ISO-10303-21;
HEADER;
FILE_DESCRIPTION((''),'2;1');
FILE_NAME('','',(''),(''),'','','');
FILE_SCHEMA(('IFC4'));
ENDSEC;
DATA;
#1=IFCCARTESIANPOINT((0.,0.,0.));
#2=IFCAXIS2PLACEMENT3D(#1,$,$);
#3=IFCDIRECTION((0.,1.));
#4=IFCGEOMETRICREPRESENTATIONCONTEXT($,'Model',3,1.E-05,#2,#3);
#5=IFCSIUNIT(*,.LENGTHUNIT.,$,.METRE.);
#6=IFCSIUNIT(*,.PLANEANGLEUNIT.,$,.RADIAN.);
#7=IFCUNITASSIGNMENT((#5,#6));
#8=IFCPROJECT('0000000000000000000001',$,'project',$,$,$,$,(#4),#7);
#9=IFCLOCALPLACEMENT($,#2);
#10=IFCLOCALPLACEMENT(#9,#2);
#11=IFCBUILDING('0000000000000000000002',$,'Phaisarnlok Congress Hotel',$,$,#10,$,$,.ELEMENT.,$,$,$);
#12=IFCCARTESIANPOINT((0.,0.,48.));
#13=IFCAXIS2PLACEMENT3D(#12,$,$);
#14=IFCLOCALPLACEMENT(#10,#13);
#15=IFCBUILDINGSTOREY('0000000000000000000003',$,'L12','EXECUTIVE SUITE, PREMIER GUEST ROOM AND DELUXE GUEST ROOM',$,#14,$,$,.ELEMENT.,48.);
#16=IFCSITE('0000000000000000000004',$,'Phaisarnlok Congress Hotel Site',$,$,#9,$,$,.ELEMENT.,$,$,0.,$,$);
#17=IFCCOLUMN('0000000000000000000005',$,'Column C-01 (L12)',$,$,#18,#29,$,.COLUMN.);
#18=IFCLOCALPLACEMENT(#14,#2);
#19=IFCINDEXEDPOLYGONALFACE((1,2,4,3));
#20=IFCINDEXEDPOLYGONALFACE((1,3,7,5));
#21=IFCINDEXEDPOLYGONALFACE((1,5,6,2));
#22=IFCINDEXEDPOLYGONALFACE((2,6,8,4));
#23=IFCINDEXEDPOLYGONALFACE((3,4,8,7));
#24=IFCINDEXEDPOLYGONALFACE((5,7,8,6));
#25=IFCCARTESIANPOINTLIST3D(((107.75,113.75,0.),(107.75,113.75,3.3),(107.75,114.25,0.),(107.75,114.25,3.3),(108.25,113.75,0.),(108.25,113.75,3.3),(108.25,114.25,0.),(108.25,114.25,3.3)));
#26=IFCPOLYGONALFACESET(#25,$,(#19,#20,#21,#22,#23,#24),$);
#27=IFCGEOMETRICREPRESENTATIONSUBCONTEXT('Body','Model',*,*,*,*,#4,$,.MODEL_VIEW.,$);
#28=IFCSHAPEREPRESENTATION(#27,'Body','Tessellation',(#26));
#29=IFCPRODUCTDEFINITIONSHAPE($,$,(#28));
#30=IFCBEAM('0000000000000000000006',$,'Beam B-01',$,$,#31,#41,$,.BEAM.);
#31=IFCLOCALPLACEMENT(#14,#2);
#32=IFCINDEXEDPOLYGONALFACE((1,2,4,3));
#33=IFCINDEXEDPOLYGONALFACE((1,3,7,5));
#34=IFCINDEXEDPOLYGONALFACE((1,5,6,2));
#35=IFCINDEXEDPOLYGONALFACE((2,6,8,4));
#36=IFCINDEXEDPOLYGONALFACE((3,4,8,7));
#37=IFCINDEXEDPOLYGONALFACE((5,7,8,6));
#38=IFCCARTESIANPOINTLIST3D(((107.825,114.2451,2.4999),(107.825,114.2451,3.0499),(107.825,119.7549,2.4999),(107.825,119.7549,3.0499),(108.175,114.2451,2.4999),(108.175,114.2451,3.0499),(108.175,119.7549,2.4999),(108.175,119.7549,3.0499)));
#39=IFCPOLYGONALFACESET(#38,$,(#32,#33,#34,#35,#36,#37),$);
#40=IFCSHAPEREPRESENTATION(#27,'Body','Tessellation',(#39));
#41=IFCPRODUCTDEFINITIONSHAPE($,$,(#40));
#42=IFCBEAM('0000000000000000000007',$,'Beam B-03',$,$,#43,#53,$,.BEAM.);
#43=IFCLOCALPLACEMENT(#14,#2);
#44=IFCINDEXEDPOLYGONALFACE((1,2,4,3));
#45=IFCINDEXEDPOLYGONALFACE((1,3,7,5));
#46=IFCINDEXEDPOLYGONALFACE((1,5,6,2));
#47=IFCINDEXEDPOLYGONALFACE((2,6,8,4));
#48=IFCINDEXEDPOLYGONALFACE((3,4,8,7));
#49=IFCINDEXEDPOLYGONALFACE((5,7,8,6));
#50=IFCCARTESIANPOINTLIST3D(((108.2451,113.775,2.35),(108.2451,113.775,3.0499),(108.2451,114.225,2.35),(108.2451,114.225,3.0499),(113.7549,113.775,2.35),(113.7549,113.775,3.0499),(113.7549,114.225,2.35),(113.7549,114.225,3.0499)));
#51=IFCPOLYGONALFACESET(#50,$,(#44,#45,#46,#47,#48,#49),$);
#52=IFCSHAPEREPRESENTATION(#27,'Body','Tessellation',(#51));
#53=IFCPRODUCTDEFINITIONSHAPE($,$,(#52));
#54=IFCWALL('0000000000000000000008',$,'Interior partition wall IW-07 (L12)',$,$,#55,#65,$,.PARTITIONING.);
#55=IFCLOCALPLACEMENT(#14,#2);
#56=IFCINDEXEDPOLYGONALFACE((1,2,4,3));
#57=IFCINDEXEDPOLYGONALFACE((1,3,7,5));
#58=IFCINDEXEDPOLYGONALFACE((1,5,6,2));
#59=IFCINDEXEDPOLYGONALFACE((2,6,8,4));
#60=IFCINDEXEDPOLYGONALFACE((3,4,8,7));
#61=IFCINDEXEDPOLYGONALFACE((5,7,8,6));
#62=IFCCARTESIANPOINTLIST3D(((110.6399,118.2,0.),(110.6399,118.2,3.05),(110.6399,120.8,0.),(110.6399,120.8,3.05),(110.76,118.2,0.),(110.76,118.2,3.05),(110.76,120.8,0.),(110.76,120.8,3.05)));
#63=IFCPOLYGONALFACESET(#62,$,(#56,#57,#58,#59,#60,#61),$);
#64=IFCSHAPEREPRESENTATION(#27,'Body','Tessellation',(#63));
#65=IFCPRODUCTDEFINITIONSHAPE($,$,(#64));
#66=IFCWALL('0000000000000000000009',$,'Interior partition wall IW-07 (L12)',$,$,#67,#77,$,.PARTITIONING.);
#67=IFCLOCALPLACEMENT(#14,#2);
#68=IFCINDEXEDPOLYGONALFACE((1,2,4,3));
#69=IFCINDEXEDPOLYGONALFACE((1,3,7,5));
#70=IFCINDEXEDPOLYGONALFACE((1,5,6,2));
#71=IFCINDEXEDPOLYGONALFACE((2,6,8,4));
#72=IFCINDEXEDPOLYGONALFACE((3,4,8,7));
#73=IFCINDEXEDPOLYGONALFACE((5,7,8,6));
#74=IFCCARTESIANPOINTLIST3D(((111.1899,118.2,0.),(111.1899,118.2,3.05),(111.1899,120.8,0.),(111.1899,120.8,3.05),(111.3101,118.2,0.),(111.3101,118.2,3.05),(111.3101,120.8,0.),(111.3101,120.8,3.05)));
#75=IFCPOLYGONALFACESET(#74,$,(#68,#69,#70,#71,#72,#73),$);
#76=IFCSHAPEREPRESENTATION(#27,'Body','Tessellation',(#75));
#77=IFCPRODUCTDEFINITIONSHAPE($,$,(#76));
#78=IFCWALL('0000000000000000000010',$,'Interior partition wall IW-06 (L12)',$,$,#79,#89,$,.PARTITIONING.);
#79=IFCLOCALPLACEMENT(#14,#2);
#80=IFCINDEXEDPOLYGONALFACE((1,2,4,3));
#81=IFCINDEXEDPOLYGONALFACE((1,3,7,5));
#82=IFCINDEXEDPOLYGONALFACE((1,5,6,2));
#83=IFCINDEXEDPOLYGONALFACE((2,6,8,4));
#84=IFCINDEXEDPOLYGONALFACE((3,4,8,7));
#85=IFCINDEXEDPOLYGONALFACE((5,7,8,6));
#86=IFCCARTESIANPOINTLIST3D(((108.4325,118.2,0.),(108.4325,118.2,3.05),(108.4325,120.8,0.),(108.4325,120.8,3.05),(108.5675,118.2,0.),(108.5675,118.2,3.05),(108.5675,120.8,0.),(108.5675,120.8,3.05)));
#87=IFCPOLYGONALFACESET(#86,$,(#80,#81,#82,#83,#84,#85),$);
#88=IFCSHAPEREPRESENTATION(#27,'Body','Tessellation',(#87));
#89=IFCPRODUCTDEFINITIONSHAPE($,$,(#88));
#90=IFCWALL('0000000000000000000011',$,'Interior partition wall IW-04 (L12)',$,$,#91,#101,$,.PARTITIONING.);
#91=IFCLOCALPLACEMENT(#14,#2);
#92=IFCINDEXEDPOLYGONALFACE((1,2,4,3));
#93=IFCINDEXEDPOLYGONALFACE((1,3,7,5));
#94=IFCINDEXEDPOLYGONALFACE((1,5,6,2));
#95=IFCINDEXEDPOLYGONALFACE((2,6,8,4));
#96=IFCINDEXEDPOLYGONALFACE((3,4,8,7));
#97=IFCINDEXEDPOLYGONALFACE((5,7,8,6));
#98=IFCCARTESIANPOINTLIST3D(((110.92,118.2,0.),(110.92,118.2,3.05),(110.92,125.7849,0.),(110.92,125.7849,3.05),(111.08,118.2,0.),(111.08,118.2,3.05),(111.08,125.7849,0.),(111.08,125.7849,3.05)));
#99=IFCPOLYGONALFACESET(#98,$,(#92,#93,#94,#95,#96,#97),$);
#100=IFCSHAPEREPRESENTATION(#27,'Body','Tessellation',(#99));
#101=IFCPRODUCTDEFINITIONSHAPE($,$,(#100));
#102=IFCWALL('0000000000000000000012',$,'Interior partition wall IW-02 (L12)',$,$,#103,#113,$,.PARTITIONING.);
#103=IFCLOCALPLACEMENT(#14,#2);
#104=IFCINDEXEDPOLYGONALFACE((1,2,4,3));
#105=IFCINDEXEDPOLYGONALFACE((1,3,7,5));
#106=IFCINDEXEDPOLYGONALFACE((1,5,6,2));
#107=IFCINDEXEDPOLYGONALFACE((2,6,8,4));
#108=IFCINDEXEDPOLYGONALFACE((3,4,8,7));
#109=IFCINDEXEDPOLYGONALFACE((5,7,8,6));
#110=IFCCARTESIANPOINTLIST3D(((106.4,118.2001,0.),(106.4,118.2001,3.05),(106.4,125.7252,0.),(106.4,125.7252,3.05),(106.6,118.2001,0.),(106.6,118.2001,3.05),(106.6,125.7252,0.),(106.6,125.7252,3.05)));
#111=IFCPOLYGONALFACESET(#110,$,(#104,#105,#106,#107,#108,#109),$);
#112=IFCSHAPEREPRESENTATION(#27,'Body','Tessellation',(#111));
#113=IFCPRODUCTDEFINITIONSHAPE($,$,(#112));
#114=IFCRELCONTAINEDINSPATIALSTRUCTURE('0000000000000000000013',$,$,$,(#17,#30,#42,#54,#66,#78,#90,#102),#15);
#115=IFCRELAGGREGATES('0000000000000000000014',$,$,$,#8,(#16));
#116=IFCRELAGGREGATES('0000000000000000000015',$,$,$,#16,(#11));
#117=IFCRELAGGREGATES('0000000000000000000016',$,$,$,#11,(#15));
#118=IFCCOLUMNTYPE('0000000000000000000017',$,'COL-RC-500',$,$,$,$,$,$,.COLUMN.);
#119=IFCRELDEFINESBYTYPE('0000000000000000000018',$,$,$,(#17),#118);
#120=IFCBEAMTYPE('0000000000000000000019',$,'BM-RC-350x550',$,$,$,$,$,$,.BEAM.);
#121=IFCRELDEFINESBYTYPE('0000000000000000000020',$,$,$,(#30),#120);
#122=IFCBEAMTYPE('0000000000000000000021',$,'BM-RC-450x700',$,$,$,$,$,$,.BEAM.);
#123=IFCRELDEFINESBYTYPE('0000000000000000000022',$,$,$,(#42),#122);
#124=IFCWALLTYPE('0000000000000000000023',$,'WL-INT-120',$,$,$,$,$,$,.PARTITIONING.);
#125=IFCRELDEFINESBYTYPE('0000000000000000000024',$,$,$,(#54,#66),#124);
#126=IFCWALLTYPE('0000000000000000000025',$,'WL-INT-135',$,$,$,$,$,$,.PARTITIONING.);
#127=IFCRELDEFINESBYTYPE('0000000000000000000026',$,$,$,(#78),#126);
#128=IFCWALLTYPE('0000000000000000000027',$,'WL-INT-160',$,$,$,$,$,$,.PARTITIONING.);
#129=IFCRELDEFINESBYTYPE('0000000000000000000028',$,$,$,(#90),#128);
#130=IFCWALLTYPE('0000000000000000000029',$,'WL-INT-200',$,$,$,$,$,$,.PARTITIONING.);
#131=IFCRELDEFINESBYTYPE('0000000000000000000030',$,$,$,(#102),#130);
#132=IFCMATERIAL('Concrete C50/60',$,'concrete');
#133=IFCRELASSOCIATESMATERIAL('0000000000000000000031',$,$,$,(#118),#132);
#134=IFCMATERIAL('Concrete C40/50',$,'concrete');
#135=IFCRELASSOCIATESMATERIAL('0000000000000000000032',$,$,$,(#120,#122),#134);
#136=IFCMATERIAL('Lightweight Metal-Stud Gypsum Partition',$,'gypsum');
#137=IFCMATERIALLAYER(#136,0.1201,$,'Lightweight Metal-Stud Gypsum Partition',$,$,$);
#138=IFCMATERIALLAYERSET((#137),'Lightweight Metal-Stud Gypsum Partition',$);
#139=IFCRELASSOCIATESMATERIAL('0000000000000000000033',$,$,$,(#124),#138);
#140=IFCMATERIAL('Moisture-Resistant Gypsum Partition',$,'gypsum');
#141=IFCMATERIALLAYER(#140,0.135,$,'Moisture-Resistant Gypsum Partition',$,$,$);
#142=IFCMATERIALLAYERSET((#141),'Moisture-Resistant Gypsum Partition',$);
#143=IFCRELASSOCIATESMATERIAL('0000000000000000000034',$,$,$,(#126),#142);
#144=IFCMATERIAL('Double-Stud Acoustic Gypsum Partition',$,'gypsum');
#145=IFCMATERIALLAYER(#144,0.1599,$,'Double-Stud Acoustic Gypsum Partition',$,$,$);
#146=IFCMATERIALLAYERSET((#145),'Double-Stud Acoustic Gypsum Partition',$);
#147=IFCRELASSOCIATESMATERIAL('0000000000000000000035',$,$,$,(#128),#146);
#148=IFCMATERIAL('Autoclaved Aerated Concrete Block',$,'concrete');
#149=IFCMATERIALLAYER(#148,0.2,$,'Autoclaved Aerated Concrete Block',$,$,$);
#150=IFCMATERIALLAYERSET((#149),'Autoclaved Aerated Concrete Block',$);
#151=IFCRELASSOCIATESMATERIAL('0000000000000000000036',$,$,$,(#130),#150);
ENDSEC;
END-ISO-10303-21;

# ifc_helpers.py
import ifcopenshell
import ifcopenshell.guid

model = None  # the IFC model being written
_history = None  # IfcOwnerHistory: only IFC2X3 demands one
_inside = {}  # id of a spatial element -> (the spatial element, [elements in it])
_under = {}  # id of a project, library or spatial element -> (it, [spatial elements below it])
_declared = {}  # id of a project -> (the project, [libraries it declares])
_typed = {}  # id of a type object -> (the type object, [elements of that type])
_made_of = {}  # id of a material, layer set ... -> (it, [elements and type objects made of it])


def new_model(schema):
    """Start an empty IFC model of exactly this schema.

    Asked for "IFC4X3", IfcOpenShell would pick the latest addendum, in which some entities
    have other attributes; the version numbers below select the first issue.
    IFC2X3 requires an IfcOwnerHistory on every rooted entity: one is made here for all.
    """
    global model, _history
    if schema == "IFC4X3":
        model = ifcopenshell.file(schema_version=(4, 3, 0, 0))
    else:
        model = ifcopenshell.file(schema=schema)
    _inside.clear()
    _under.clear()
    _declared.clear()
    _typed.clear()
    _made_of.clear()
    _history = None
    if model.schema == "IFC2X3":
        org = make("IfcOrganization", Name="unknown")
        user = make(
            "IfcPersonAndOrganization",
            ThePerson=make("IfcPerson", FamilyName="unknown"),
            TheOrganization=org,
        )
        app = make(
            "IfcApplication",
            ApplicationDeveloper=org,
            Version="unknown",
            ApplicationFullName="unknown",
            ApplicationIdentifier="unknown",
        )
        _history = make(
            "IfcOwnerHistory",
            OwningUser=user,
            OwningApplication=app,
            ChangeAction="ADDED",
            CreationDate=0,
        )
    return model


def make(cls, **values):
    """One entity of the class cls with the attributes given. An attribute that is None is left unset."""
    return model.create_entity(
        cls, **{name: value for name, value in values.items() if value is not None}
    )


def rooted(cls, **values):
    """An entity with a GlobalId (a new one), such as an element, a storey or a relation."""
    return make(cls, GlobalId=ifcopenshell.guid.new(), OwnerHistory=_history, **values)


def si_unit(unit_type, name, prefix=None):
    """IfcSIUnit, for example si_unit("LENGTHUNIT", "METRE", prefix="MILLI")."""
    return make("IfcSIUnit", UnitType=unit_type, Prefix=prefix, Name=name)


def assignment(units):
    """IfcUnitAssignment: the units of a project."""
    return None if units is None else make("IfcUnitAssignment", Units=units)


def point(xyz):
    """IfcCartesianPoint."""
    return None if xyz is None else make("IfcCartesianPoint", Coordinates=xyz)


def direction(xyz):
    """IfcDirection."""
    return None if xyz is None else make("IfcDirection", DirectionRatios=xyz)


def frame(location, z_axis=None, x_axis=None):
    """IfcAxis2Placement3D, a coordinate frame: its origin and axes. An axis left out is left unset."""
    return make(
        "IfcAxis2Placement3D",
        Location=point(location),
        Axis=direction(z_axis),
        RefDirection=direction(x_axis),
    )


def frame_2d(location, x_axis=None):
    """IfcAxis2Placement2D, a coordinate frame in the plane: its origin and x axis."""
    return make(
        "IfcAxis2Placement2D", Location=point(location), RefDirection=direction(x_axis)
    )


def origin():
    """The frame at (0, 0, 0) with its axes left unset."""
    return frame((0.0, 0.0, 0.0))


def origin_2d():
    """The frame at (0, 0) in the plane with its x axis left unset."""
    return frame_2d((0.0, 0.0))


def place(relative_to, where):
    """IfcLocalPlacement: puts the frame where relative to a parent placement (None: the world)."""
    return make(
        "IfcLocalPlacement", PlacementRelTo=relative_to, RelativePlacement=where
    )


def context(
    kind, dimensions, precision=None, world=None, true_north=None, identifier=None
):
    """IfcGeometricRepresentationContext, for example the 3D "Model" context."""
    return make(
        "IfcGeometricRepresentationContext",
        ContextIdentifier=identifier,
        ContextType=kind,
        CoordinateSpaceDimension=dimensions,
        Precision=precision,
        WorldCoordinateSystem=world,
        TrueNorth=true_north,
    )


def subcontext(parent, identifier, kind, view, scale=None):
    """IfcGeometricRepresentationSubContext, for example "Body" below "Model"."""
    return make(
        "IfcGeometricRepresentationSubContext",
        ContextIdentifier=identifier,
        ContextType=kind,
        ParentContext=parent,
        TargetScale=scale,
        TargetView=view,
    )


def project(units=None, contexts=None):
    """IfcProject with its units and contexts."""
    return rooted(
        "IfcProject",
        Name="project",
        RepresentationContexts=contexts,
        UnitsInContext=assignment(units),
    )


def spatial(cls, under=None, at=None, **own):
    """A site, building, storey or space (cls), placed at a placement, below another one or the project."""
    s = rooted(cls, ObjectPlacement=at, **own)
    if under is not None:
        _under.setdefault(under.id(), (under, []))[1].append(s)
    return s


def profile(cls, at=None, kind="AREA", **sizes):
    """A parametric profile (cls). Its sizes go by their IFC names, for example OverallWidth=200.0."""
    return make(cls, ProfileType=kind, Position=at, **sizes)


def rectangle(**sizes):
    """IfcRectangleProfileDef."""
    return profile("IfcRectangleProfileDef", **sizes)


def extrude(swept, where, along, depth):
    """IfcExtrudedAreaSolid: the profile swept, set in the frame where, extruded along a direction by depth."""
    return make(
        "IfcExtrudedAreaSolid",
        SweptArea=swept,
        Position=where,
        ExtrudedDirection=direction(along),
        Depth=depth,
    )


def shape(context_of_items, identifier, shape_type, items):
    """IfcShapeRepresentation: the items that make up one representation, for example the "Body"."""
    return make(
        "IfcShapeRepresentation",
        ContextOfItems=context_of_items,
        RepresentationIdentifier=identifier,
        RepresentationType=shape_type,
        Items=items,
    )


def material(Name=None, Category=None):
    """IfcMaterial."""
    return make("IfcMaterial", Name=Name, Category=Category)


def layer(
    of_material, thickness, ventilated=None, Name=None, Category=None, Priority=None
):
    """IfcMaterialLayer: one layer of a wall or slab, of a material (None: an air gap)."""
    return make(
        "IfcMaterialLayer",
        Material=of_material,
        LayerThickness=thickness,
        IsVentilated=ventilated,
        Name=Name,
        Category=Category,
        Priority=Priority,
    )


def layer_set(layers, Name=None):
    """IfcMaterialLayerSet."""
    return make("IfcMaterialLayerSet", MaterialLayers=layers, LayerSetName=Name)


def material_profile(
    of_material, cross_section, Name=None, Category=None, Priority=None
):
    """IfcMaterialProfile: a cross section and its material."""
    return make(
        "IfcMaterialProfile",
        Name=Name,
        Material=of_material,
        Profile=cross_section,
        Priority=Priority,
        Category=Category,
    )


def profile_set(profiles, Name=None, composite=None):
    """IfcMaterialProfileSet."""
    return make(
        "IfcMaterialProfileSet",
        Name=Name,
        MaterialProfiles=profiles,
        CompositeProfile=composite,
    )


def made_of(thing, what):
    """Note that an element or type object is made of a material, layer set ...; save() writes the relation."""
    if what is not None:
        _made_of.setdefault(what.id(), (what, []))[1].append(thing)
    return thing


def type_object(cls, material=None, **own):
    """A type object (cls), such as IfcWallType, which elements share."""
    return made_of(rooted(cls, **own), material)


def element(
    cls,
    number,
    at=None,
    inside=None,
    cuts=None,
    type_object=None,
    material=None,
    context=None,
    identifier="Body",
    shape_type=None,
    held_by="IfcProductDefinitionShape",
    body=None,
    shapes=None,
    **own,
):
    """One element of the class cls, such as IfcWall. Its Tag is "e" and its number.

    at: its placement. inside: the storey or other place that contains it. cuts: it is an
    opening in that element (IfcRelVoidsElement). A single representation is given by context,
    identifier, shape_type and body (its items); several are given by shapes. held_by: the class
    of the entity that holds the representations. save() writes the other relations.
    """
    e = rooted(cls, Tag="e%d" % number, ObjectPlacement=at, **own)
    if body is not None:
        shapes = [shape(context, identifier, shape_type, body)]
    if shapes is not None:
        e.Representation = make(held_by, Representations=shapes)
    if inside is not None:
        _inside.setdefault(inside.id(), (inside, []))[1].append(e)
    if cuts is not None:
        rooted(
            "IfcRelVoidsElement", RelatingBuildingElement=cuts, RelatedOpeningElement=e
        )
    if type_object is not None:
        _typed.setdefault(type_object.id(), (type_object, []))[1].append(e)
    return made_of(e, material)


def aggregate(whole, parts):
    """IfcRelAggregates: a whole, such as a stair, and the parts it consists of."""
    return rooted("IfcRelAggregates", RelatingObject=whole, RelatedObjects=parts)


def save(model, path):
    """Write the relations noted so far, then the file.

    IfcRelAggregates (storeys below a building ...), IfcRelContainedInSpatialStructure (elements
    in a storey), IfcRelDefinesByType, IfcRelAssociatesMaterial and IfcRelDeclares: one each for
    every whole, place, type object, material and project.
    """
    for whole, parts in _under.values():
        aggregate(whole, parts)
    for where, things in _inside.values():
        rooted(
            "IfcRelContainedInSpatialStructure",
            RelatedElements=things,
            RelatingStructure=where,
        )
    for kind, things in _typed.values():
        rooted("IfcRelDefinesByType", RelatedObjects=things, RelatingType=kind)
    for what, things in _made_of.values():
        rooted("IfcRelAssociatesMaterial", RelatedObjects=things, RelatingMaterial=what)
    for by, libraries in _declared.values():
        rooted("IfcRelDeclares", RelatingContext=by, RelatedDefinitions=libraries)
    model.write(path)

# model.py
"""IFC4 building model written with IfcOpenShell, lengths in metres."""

from ifc_helpers import new_model, si_unit, direction, frame, frame_2d, origin, origin_2d, place, context, subcontext, project, spatial, rectangle, extrude, material, layer, layer_set, material_profile, profile_set, type_object, element, save


model = new_model("IFC4")

# Units and contexts
model_context = context("Model", 3, precision=1e-05, world=origin(), true_north=direction((0.0, 1.0)))
body_context = subcontext(model_context, "Body", "Model", "MODEL_VIEW")
ifc_project = project(units=[si_unit("LENGTHUNIT", "METRE"), si_unit("PLANEANGLEUNIT", "RADIAN")], contexts=[model_context])

# Site, building, storey
site_placement = place(None, origin())
site = spatial("IfcSite", under=ifc_project, at=site_placement, Name="Phaisarnlok Congress Hotel Site", CompositionType="ELEMENT", RefElevation=0.0)
building_placement = place(site_placement, origin())
building = spatial("IfcBuilding", under=site, at=building_placement, Name="Phaisarnlok Congress Hotel", CompositionType="ELEMENT")
storey_placement = place(building_placement, frame((0.0, 0.0, 48.0)))
storey = spatial("IfcBuildingStorey", under=building, at=storey_placement, Name="L12", Description="EXECUTIVE SUITE, PREMIER GUEST ROOM AND DELUXE GUEST ROOM", CompositionType="ELEMENT", Elevation=48.0)

# Column
ifc_material_1 = material(Name="Concrete C50/60", Category="concrete")
ifc_material_profile_1 = material_profile(ifc_material_1, rectangle(XDim=0.5, YDim=0.5, at=origin_2d()), Name="RC 500x500")
ifc_profile_set_1 = profile_set([ifc_material_profile_1], Name="Concrete C50/60")
column_type = type_object("IfcColumnType", Name="COL-RC-500", PredefinedType="COLUMN", material=ifc_profile_set_1)
column_placement = place(storey_placement, frame((108.0, 114.0, 0.0), z_axis=(0.0, 0.0, 1.0), x_axis=(1.0, 0.0, 0.0)))
element("IfcColumn", 1, at=column_placement, inside=storey, type_object=column_type, Name="Column C-01 (L12)", PredefinedType="COLUMN", context=body_context, shape_type="SweptSolid", body=[
    extrude(rectangle(XDim=0.5, YDim=0.5, at=origin_2d()), origin(), (0.0, 0.0, 1.0), 3.3),
])

# Beams
ifc_material_2 = material(Name="Concrete C40/50", Category="concrete")
ifc_material_profile_2 = material_profile(ifc_material_2, rectangle(XDim=0.3501, YDim=0.55, at=origin_2d()), Name="RC 350x550")
ifc_profile_set_2 = profile_set([ifc_material_profile_2], Name="Concrete C40/50")
beam_type_1 = type_object("IfcBeamType", Name="BM-RC-350x550", PredefinedType="BEAM", material=ifc_profile_set_2)
beam_1_placement = place(storey_placement, frame((108.0, 114.2451, 2.7749), z_axis=(0.0, 1.0, 0.0), x_axis=(-1.0, 0.0, 0.0)))
element("IfcBeam", 2, at=beam_1_placement, inside=storey, type_object=beam_type_1, Name="Beam B-01", PredefinedType="BEAM", context=body_context, shape_type="SweptSolid", body=[
    extrude(rectangle(XDim=0.3501, YDim=0.55, at=origin_2d()), origin(), (0.0, 0.0, 1.0), 5.5098),
])
ifc_material_profile_3 = material_profile(ifc_material_2, rectangle(XDim=0.45, YDim=0.7, at=origin_2d()), Name="RC 450x700")
ifc_profile_set_3 = profile_set([ifc_material_profile_3], Name="Concrete C40/50")
beam_type_2 = type_object("IfcBeamType", Name="BM-RC-450x700", PredefinedType="BEAM", material=ifc_profile_set_3)
beam_2_placement = place(storey_placement, frame((108.2451, 114.0, 2.7), z_axis=(1.0, 0.0, 0.0), x_axis=(0.0, 1.0, 0.0)))
element("IfcBeam", 3, at=beam_2_placement, inside=storey, type_object=beam_type_2, Name="Beam B-03", PredefinedType="BEAM", context=body_context, shape_type="SweptSolid", body=[
    extrude(rectangle(XDim=0.45, YDim=0.7, at=origin_2d()), origin(), (0.0, 0.0, 1.0), 5.5098),
])

# Walls
ifc_material_3 = material(Name="Lightweight Metal-Stud Gypsum Partition", Category="gypsum")
ifc_layer_1 = layer(ifc_material_3, 0.1201, Name="Lightweight Metal-Stud Gypsum Partition")
ifc_layer_set_1 = layer_set([ifc_layer_1], Name="Lightweight Metal-Stud Gypsum Partition")
wall_type_1 = type_object("IfcWallType", Name="WL-INT-120", PredefinedType="PARTITIONING", material=ifc_layer_set_1)
for number, where, z_axis, x_axis, name in (
    (4, (110.7, 118.2, 0.0), (0.0, 0.0, 1.0), (0.0, 1.0, 0.0), "Interior partition wall IW-07 (L12)"),
    (5, (111.25, 118.2, 0.0), (0.0, 0.0, 1.0), (0.0, 1.0, 0.0), "Interior partition wall IW-07 (L12)"),
):
    element("IfcWall", number, at=place(storey_placement, frame(where, z_axis=z_axis, x_axis=x_axis)), inside=storey, type_object=wall_type_1, Name=name, PredefinedType="PARTITIONING", context=body_context, shape_type="SweptSolid", body=[
        extrude(rectangle(XDim=2.6001, YDim=0.1201, at=frame_2d((1.3, 0.0))), origin(), (0.0, 0.0, 1.0), 3.05),
    ])
ifc_material_4 = material(Name="Moisture-Resistant Gypsum Partition", Category="gypsum")
ifc_layer_2 = layer(ifc_material_4, 0.135, Name="Moisture-Resistant Gypsum Partition")
ifc_layer_set_2 = layer_set([ifc_layer_2], Name="Moisture-Resistant Gypsum Partition")
wall_type_2 = type_object("IfcWallType", Name="WL-INT-135", PredefinedType="PARTITIONING", material=ifc_layer_set_2)
wall_1_placement = place(storey_placement, frame((108.5, 118.2, 0.0), z_axis=(0.0, 0.0, 1.0), x_axis=(0.0, 1.0, 0.0)))
element("IfcWall", 6, at=wall_1_placement, inside=storey, type_object=wall_type_2, Name="Interior partition wall IW-06 (L12)", PredefinedType="PARTITIONING", context=body_context, shape_type="SweptSolid", body=[
    extrude(rectangle(XDim=2.6001, YDim=0.135, at=frame_2d((1.3, 0.0))), origin(), (0.0, 0.0, 1.0), 3.05),
])
ifc_material_5 = material(Name="Double-Stud Acoustic Gypsum Partition", Category="gypsum")
ifc_layer_3 = layer(ifc_material_5, 0.1599, Name="Double-Stud Acoustic Gypsum Partition")
ifc_layer_set_3 = layer_set([ifc_layer_3], Name="Double-Stud Acoustic Gypsum Partition")
wall_type_3 = type_object("IfcWallType", Name="WL-INT-160", PredefinedType="PARTITIONING", material=ifc_layer_set_3)
wall_2_placement = place(storey_placement, frame((111.0, 118.2, 0.0), z_axis=(0.0, 0.0, 1.0), x_axis=(0.0, 1.0, 0.0)))
element("IfcWall", 7, at=wall_2_placement, inside=storey, type_object=wall_type_3, Name="Interior partition wall IW-04 (L12)", PredefinedType="PARTITIONING", context=body_context, shape_type="SweptSolid", body=[
    extrude(rectangle(XDim=7.585, YDim=0.1599, at=frame_2d((3.7925, 0.0))), origin(), (0.0, 0.0, 1.0), 3.05),
])
ifc_material_6 = material(Name="Autoclaved Aerated Concrete Block", Category="concrete")
ifc_layer_4 = layer(ifc_material_6, 0.2, Name="Autoclaved Aerated Concrete Block")
ifc_layer_set_4 = layer_set([ifc_layer_4], Name="Autoclaved Aerated Concrete Block")
wall_type_4 = type_object("IfcWallType", Name="WL-INT-200", PredefinedType="PARTITIONING", material=ifc_layer_set_4)
wall_3_placement = place(storey_placement, frame((106.5, 118.2, 0.0), z_axis=(0.0, 0.0, 1.0), x_axis=(0.0, 1.0, 0.0)))
element("IfcWall", 8, at=wall_3_placement, inside=storey, type_object=wall_type_4, Name="Interior partition wall IW-02 (L12)", PredefinedType="PARTITIONING", context=body_context, shape_type="SweptSolid", body=[
    extrude(rectangle(XDim=7.5251, YDim=0.2, at=frame_2d((3.7627, 0.0))), origin(), (0.0, 0.0, 1.0), 3.05),
])

save(model, "model.ifc")
